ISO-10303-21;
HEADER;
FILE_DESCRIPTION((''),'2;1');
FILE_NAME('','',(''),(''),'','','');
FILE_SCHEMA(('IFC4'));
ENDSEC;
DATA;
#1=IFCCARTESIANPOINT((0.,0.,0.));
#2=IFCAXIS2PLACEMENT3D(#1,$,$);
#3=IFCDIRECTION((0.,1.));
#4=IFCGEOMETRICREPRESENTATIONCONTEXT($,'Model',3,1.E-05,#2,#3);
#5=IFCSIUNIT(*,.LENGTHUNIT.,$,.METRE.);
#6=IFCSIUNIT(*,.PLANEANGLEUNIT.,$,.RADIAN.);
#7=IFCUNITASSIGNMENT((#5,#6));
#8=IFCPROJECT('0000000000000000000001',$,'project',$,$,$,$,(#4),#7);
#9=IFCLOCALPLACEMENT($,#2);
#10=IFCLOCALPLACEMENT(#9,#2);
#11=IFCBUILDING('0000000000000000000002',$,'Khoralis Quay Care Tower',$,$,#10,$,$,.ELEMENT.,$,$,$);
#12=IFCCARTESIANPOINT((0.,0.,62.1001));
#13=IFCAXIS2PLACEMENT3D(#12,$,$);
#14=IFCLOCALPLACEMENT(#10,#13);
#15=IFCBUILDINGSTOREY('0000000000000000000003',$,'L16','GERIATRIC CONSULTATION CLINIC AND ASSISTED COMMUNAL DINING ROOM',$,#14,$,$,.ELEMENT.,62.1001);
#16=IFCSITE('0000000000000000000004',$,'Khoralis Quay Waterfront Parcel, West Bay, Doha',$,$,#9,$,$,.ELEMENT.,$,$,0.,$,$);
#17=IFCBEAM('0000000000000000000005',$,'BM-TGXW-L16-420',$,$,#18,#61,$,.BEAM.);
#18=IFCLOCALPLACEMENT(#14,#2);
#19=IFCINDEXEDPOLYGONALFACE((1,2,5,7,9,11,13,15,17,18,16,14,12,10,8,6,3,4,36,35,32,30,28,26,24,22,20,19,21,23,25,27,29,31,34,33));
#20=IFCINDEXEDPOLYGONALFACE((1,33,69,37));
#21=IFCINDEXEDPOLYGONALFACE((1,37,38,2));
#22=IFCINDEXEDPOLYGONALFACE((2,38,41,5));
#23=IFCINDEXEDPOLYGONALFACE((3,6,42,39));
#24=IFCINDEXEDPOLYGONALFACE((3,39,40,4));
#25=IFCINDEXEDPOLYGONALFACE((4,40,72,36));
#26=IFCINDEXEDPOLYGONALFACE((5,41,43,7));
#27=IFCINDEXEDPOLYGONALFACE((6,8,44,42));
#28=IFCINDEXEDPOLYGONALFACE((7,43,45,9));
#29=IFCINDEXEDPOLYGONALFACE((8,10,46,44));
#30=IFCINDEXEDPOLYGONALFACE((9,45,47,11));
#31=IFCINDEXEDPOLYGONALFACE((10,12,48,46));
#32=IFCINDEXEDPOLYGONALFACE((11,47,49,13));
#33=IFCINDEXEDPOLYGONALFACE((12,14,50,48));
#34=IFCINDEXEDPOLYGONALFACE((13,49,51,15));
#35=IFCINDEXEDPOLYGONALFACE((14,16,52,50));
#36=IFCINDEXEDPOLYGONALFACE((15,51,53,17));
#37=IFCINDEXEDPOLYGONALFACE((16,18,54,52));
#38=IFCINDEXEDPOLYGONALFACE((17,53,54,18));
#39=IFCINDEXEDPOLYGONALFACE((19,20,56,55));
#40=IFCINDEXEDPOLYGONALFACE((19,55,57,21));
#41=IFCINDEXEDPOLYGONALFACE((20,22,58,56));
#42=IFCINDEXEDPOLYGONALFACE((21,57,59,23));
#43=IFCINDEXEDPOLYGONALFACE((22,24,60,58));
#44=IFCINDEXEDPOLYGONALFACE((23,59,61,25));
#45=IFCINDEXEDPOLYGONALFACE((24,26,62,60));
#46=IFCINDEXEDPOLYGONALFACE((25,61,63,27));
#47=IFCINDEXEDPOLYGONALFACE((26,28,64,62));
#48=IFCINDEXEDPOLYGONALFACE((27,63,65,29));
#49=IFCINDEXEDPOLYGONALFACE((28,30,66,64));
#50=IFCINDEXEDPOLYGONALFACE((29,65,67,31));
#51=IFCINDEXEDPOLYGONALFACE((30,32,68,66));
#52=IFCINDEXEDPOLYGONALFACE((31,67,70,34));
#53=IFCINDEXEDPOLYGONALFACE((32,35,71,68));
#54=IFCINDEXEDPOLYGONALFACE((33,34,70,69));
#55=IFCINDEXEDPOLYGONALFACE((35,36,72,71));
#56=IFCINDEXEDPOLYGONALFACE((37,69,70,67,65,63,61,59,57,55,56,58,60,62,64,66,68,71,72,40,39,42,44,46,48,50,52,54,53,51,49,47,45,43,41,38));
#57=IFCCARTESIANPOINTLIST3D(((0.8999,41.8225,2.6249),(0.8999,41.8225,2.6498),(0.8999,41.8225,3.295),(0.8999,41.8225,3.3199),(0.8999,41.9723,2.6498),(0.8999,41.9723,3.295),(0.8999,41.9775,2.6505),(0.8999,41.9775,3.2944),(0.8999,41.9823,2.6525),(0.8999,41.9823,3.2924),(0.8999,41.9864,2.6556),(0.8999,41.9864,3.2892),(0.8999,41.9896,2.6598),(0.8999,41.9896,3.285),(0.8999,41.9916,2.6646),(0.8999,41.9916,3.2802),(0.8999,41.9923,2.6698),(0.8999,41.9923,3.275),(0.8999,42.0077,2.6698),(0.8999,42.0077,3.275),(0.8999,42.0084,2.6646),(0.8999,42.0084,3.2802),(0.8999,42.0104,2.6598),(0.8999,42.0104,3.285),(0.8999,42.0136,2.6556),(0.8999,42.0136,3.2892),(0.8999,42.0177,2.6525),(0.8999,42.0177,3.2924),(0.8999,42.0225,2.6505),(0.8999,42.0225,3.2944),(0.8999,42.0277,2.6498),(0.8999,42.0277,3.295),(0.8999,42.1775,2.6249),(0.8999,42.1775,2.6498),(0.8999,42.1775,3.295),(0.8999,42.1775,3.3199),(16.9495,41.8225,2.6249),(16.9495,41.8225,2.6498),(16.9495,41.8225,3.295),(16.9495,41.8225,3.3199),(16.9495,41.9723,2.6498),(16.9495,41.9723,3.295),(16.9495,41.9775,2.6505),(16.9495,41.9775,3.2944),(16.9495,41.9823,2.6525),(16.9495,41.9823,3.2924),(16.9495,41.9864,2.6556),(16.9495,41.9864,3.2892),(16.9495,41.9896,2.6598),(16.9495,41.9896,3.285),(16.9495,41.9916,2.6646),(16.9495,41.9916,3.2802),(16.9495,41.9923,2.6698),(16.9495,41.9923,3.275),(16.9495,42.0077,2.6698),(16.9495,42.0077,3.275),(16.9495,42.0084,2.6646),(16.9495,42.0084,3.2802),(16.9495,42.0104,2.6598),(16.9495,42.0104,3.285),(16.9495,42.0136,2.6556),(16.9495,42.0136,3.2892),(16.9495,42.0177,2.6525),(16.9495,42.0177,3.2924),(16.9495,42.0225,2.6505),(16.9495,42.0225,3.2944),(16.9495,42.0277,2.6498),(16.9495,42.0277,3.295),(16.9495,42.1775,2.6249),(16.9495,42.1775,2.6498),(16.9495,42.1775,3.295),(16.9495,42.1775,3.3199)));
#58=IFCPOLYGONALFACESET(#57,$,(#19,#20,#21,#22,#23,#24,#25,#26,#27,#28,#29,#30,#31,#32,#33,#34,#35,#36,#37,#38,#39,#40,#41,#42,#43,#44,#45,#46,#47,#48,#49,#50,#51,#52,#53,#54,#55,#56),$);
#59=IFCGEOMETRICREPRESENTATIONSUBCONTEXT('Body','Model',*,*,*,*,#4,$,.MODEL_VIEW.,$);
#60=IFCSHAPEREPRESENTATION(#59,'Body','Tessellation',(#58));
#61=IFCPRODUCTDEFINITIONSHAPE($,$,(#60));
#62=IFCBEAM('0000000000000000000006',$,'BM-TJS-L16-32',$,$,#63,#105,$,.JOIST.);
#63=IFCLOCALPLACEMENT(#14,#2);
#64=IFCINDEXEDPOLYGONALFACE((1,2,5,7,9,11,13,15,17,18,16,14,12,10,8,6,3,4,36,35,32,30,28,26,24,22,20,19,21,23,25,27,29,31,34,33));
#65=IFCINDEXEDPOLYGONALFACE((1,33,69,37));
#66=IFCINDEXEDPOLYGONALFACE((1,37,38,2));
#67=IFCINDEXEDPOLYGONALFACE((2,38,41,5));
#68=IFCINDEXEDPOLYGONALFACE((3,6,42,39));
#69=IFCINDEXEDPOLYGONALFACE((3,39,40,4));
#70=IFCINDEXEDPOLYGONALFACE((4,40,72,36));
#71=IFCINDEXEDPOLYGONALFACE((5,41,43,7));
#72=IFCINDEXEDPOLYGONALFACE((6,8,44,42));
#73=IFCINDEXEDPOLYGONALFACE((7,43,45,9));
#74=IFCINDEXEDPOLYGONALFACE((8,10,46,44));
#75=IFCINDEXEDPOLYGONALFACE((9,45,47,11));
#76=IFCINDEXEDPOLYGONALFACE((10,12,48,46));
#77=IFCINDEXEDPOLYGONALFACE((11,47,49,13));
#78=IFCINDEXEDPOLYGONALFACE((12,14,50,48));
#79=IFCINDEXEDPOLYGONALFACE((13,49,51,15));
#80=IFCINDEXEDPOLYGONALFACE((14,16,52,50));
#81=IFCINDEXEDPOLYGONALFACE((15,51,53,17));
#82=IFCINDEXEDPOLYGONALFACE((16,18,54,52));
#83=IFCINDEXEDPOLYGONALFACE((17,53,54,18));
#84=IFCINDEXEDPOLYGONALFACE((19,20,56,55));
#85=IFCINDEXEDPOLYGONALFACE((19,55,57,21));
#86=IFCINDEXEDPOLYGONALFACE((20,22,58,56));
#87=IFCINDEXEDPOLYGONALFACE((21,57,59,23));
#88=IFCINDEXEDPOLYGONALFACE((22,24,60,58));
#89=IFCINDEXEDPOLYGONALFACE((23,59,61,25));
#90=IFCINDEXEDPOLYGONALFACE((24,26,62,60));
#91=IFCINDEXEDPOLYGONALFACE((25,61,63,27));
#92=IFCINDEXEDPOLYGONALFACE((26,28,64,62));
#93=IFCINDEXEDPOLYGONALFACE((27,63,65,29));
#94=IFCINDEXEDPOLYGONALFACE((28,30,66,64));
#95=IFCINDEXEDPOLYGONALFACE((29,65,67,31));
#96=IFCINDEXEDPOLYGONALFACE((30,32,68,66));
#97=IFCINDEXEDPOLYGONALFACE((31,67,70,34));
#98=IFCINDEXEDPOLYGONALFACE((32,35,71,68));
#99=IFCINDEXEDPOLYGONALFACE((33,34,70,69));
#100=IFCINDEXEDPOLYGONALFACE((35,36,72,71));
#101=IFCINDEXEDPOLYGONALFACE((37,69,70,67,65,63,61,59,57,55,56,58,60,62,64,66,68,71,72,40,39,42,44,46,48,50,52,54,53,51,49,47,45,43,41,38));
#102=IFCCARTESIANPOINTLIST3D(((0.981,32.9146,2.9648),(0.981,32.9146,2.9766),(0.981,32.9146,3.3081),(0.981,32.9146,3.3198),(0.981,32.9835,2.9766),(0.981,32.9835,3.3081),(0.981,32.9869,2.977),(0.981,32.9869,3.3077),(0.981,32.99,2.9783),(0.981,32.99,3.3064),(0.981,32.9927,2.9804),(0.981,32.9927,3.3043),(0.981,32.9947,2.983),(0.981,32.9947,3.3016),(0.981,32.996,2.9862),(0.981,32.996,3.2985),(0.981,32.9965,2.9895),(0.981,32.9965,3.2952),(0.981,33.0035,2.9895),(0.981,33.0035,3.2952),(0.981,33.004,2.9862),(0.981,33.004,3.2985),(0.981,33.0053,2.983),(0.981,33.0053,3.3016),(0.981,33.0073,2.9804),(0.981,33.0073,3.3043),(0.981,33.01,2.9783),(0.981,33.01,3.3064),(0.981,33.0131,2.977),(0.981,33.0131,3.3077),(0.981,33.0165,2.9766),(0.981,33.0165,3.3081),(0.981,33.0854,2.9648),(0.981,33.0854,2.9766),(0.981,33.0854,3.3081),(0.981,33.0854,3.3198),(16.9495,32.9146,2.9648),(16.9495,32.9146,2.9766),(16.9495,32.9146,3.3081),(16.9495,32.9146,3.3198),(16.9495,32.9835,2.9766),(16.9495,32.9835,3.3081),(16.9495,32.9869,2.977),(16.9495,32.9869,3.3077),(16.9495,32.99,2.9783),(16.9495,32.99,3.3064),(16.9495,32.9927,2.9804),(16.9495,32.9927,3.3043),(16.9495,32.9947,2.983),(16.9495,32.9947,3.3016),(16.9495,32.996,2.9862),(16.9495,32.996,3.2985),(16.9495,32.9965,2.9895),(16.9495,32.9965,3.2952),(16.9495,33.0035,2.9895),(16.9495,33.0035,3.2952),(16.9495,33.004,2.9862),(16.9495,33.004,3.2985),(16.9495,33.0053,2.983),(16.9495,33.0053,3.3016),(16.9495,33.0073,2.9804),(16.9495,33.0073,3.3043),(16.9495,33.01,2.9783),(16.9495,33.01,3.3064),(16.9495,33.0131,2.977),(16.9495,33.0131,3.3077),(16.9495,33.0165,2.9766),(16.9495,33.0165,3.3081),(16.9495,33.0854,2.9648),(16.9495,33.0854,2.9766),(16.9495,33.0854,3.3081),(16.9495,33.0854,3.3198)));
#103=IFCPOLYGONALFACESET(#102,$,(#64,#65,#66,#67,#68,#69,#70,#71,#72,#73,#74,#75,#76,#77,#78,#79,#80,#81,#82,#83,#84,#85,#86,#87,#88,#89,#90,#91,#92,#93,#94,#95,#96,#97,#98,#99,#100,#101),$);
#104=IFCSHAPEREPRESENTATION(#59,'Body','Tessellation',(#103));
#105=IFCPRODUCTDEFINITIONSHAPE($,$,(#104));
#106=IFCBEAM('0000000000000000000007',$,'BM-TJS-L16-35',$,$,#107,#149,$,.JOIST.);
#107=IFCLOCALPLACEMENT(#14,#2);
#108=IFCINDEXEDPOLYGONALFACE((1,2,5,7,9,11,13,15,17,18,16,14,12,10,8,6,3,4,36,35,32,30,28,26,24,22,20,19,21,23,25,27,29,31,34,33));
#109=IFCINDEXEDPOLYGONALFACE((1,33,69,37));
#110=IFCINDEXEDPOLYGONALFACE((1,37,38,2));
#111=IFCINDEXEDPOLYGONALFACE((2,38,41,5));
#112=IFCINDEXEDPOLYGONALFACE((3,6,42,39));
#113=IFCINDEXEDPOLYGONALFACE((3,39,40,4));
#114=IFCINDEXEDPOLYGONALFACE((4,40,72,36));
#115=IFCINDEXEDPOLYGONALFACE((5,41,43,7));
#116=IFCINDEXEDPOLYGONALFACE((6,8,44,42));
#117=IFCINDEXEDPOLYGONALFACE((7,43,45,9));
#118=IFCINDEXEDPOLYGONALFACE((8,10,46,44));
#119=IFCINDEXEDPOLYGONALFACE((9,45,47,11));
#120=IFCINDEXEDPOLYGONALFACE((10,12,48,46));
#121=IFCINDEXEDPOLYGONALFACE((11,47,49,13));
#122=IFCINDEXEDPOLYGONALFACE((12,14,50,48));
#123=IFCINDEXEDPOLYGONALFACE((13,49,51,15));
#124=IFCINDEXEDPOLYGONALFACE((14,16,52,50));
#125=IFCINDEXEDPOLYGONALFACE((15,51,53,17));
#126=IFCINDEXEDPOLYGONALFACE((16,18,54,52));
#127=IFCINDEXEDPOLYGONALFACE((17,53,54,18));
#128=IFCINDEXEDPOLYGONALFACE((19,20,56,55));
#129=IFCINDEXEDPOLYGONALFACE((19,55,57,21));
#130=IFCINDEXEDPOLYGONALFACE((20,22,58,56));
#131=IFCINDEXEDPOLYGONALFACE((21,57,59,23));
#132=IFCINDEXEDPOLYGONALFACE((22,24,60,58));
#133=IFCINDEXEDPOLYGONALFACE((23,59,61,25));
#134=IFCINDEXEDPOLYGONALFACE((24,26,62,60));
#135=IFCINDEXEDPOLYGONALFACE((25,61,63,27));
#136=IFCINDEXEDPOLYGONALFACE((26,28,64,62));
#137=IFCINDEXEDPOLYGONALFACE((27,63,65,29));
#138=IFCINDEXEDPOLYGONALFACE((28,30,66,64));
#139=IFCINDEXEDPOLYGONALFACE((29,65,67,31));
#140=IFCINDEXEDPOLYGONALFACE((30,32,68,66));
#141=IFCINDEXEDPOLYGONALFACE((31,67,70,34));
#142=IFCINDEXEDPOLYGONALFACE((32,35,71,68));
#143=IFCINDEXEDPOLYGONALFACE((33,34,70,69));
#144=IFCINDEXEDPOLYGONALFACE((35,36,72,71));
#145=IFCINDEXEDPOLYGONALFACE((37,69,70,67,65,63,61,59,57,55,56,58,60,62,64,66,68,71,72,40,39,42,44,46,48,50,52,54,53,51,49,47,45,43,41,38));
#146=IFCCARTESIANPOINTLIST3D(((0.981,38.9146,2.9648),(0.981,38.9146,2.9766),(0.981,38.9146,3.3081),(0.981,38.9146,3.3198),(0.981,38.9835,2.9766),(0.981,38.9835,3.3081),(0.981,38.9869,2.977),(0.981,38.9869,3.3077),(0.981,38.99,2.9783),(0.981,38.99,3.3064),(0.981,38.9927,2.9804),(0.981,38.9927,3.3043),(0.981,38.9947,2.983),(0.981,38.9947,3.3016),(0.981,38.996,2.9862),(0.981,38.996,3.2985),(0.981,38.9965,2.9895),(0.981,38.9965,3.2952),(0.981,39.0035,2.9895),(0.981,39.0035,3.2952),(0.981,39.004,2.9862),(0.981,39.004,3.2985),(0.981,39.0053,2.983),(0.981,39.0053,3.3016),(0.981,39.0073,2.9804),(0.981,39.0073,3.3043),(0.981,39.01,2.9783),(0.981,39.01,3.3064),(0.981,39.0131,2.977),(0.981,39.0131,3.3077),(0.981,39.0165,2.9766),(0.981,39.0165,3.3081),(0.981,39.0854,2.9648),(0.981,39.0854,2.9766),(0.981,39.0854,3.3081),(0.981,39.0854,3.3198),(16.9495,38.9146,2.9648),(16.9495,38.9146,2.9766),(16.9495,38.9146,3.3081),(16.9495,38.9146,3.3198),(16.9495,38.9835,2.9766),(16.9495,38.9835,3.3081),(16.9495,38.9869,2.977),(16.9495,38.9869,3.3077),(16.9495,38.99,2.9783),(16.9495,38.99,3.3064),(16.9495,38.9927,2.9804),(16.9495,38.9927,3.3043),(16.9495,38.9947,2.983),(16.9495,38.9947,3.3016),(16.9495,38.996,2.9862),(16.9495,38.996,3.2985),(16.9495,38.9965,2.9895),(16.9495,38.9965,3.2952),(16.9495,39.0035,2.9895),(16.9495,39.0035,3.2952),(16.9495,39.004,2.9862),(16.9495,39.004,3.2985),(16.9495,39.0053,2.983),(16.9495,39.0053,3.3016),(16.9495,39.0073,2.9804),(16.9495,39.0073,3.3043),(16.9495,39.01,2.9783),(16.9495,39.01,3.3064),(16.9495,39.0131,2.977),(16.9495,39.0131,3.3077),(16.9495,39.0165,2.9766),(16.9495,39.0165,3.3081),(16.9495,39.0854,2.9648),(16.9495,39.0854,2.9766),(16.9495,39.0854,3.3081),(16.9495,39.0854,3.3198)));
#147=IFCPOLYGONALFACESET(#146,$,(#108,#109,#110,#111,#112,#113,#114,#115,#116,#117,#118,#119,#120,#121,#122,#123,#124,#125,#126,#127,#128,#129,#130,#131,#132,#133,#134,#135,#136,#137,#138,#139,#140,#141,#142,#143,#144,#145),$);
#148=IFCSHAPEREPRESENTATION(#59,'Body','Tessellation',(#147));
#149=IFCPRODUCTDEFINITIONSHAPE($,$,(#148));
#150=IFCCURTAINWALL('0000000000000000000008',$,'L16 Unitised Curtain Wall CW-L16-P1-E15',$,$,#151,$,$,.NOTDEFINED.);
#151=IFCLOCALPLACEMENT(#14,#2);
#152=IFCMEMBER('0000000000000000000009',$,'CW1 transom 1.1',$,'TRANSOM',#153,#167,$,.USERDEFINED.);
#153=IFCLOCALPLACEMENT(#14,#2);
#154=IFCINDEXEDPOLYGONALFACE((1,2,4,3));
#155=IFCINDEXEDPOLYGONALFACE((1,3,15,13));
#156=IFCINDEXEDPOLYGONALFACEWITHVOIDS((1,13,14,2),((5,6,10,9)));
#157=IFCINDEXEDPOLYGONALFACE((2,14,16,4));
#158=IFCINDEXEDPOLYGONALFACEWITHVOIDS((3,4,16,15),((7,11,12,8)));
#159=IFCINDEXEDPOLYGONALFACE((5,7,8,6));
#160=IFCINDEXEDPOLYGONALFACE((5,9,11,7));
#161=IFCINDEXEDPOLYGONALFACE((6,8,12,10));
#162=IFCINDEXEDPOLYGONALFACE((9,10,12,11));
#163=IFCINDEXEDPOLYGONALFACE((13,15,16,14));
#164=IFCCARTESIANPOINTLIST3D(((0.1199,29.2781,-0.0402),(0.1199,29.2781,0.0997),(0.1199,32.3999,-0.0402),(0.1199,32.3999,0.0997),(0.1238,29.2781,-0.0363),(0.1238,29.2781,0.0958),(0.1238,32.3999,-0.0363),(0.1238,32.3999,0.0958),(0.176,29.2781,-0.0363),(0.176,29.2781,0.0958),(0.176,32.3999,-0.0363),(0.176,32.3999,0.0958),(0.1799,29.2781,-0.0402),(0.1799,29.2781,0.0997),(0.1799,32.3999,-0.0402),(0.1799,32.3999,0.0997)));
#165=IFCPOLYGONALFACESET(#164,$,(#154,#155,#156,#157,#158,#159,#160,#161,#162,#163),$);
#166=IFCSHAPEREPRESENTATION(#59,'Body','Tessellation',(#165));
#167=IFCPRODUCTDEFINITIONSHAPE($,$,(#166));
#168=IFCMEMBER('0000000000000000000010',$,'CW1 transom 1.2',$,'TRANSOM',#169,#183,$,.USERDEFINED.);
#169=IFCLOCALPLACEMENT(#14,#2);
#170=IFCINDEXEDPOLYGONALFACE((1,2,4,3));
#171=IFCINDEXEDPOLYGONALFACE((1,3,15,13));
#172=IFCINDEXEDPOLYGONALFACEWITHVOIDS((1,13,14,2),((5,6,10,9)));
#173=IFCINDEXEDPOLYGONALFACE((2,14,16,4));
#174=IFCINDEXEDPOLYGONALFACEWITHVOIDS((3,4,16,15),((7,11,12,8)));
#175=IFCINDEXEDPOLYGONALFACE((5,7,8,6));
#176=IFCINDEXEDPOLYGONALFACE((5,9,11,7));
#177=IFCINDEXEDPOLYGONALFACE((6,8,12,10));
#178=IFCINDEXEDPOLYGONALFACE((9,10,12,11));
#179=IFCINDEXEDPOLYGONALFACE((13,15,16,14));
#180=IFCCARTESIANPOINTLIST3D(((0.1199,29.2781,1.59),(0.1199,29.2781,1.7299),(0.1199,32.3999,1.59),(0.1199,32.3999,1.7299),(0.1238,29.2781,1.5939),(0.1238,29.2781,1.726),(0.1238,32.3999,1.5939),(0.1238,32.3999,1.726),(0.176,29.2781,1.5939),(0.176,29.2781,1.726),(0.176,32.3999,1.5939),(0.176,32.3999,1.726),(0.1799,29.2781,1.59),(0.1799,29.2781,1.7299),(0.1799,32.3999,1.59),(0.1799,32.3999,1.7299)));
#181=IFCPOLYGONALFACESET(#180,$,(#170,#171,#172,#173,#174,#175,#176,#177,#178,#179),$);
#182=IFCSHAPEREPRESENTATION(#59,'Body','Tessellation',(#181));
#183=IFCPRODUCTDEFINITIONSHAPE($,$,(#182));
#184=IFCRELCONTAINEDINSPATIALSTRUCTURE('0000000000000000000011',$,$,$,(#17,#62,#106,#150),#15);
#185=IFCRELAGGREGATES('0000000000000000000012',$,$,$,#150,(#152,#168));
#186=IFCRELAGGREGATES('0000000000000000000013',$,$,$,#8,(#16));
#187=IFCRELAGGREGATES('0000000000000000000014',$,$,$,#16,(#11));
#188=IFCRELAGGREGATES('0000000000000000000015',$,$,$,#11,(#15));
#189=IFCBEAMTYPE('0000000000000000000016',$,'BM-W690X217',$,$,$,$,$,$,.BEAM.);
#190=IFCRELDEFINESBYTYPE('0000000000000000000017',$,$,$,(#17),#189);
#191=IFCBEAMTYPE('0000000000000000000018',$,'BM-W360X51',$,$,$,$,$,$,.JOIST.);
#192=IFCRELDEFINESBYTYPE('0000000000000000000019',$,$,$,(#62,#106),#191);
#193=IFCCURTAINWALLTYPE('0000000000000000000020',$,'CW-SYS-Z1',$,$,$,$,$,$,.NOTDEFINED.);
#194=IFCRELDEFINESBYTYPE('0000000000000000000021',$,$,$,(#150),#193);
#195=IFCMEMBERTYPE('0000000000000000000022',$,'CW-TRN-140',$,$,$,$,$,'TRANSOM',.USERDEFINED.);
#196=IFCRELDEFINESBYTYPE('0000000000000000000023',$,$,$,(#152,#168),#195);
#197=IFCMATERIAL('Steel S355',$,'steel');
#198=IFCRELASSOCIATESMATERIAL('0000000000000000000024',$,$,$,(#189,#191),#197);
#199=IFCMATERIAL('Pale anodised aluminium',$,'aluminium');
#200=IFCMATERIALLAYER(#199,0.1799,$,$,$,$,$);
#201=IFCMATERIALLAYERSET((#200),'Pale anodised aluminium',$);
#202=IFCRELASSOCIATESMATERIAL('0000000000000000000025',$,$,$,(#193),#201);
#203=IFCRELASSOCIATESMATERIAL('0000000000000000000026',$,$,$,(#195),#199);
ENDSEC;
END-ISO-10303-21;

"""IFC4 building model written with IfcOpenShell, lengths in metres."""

from ifc_helpers import new_model, si_unit, direction, frame, origin, origin_2d, place, context, subcontext, project, spatial, hollow_rectangle, i_section, extrude, source, transform, mapped, material, layer, layer_set, material_profile, profile_set, type_object, element, aggregate, save


model = new_model("IFC4")

# Units and contexts
model_context = context("Model", 3, precision=1e-05, world=origin(), true_north=direction((0.0, 1.0)))
body_context = subcontext(model_context, "Body", "Model", "MODEL_VIEW")
ifc_project = project(units=[si_unit("LENGTHUNIT", "METRE"), si_unit("PLANEANGLEUNIT", "RADIAN")], contexts=[model_context])

# Site, building, storey
site_placement = place(None, origin())
site = spatial("IfcSite", under=ifc_project, at=site_placement, Name="Khoralis Quay Waterfront Parcel, West Bay, Doha", CompositionType="ELEMENT", RefElevation=0.0)
building_placement = place(site_placement, origin())
building = spatial("IfcBuilding", under=site, at=building_placement, Name="Khoralis Quay Care Tower", CompositionType="ELEMENT")
storey_placement = place(building_placement, frame((0.0, 0.0, 62.1001)))
storey = spatial("IfcBuildingStorey", under=building, at=storey_placement, Name="L16", Description="GERIATRIC CONSULTATION CLINIC AND ASSISTED COMMUNAL DINING ROOM", CompositionType="ELEMENT", Elevation=62.1001)

# Beams
ifc_material_1 = material(Name="Steel S355", Category="steel")
ifc_material_profile_1 = material_profile(ifc_material_1, i_section(OverallWidth=0.355, OverallDepth=0.6951, WebThickness=0.0154, FlangeThickness=0.0249, FilletRadius=0.02, at=origin_2d()), Name="Steel S355")
ifc_profile_set_1 = profile_set([ifc_material_profile_1], Name="Steel S355")
beam_type_1 = type_object("IfcBeamType", Name="BM-W690X217", PredefinedType="BEAM", material=ifc_profile_set_1)
shared_shape_1 = source(origin(), body_context, "Body", "SweptSolid", [
    extrude(i_section(OverallWidth=0.355, OverallDepth=0.6951, WebThickness=0.0154, FlangeThickness=0.0249, FilletRadius=0.02, at=origin_2d()), origin(), (0.0, 0.0, 1.0), 16.0496),
])
for number, where, z_axis, x_axis, name in (
    (1, (0.8999, 42.0, 2.9724), (1.0, 0.0, 0.0), (0.0, 1.0, 0.0), "BM-TGXW-L16-420"),
):
    element("IfcBeam", number, at=place(storey_placement, frame(where, z_axis=z_axis, x_axis=x_axis)), inside=storey, type_object=beam_type_1, Name=name, PredefinedType="BEAM", context=body_context, shape_type="MappedRepresentation", body=[
        mapped(shared_shape_1, transform((0.0, 0.0, 0.0), scale=1.0)),
    ])
ifc_material_profile_2 = material_profile(ifc_material_1, i_section(OverallWidth=0.1709, OverallDepth=0.355, WebThickness=0.0071, FlangeThickness=0.0117, FilletRadius=0.0129, at=origin_2d()), Name="Steel S355")
ifc_profile_set_2 = profile_set([ifc_material_profile_2], Name="Steel S355")
beam_type_2 = type_object("IfcBeamType", Name="BM-W360X51", PredefinedType="JOIST", material=ifc_profile_set_2)
shared_shape_2 = source(origin(), body_context, "Body", "SweptSolid", [
    extrude(i_section(OverallWidth=0.1709, OverallDepth=0.355, WebThickness=0.0071, FlangeThickness=0.0117, FilletRadius=0.0129, at=origin_2d()), origin(), (0.0, 0.0, 1.0), 15.9685),
])
for number, where, z_axis, x_axis, name in (
    (2, (0.981, 33.0, 3.1423), (1.0, 0.0, 0.0), (0.0, 1.0, 0.0), "BM-TJS-L16-32"),
    (3, (0.981, 39.0, 3.1423), (1.0, 0.0, 0.0), (0.0, 1.0, 0.0), "BM-TJS-L16-35"),
):
    element("IfcBeam", number, at=place(storey_placement, frame(where, z_axis=z_axis, x_axis=x_axis)), inside=storey, type_object=beam_type_2, Name=name, PredefinedType="JOIST", context=body_context, shape_type="MappedRepresentation", body=[
        mapped(shared_shape_2, transform((0.0, 0.0, 0.0), scale=1.0)),
    ])

# Curtain wall, members
ifc_material_2 = material(Name="Pale anodised aluminium", Category="aluminium")
ifc_layer_1 = layer(ifc_material_2, 0.1799)
ifc_layer_set_1 = layer_set([ifc_layer_1], Name="Pale anodised aluminium")
curtain_wall_type = type_object("IfcCurtainWallType", Name="CW-SYS-Z1", PredefinedType="NOTDEFINED", material=ifc_layer_set_1)
curtain_wall_placement = place(storey_placement, origin())
curtain_wall = element("IfcCurtainWall", 4, at=curtain_wall_placement, inside=storey, type_object=curtain_wall_type, Name="L16 Unitised Curtain Wall CW-L16-P1-E15", PredefinedType="NOTDEFINED")
ifc_material_profile_3 = material_profile(ifc_material_2, hollow_rectangle(XDim=0.0601, YDim=0.1399, WallThickness=0.0039, at=origin_2d()), Name="Pale anodised aluminium")
ifc_profile_set_3 = profile_set([ifc_material_profile_3], Name="Pale anodised aluminium")
member_type_1 = type_object("IfcMemberType", Name="CW-TRN-140", ElementType="TRANSOM", PredefinedType="USERDEFINED", material=ifc_profile_set_3)
shared_shape_3 = source(origin(), body_context, "Body", "SweptSolid", [
    extrude(hollow_rectangle(XDim=0.0601, YDim=0.1399, WallThickness=0.0039, at=origin_2d()), origin(), (0.0, 0.0, 1.0), 3.1218),
])
member_1_placement = place(storey_placement, frame((0.1499, 32.3999, 0.0298), z_axis=(0.0, -1.0, 0.0), x_axis=(1.0, 0.0, 0.0)))
member_1 = element("IfcMember", 5, at=member_1_placement, type_object=member_type_1, Name="CW1 transom 1.1", ObjectType="TRANSOM", PredefinedType="USERDEFINED", context=body_context, shape_type="MappedRepresentation", body=[
    mapped(shared_shape_3, transform((0.0, 0.0, 0.0), scale=1.0)),
])
member_2_placement = place(storey_placement, frame((0.1499, 32.3999, 1.6599), z_axis=(0.0, -1.0, 0.0), x_axis=(1.0, 0.0, 0.0)))
member_2 = element("IfcMember", 6, at=member_2_placement, type_object=member_type_1, Name="CW1 transom 1.2", ObjectType="TRANSOM", PredefinedType="USERDEFINED", context=body_context, shape_type="MappedRepresentation", body=[
    mapped(shared_shape_3, transform((0.0, 0.0, 0.0), scale=1.0)),
])
aggregate(curtain_wall, [member_1, member_2])

save(model, "model.ifc")
